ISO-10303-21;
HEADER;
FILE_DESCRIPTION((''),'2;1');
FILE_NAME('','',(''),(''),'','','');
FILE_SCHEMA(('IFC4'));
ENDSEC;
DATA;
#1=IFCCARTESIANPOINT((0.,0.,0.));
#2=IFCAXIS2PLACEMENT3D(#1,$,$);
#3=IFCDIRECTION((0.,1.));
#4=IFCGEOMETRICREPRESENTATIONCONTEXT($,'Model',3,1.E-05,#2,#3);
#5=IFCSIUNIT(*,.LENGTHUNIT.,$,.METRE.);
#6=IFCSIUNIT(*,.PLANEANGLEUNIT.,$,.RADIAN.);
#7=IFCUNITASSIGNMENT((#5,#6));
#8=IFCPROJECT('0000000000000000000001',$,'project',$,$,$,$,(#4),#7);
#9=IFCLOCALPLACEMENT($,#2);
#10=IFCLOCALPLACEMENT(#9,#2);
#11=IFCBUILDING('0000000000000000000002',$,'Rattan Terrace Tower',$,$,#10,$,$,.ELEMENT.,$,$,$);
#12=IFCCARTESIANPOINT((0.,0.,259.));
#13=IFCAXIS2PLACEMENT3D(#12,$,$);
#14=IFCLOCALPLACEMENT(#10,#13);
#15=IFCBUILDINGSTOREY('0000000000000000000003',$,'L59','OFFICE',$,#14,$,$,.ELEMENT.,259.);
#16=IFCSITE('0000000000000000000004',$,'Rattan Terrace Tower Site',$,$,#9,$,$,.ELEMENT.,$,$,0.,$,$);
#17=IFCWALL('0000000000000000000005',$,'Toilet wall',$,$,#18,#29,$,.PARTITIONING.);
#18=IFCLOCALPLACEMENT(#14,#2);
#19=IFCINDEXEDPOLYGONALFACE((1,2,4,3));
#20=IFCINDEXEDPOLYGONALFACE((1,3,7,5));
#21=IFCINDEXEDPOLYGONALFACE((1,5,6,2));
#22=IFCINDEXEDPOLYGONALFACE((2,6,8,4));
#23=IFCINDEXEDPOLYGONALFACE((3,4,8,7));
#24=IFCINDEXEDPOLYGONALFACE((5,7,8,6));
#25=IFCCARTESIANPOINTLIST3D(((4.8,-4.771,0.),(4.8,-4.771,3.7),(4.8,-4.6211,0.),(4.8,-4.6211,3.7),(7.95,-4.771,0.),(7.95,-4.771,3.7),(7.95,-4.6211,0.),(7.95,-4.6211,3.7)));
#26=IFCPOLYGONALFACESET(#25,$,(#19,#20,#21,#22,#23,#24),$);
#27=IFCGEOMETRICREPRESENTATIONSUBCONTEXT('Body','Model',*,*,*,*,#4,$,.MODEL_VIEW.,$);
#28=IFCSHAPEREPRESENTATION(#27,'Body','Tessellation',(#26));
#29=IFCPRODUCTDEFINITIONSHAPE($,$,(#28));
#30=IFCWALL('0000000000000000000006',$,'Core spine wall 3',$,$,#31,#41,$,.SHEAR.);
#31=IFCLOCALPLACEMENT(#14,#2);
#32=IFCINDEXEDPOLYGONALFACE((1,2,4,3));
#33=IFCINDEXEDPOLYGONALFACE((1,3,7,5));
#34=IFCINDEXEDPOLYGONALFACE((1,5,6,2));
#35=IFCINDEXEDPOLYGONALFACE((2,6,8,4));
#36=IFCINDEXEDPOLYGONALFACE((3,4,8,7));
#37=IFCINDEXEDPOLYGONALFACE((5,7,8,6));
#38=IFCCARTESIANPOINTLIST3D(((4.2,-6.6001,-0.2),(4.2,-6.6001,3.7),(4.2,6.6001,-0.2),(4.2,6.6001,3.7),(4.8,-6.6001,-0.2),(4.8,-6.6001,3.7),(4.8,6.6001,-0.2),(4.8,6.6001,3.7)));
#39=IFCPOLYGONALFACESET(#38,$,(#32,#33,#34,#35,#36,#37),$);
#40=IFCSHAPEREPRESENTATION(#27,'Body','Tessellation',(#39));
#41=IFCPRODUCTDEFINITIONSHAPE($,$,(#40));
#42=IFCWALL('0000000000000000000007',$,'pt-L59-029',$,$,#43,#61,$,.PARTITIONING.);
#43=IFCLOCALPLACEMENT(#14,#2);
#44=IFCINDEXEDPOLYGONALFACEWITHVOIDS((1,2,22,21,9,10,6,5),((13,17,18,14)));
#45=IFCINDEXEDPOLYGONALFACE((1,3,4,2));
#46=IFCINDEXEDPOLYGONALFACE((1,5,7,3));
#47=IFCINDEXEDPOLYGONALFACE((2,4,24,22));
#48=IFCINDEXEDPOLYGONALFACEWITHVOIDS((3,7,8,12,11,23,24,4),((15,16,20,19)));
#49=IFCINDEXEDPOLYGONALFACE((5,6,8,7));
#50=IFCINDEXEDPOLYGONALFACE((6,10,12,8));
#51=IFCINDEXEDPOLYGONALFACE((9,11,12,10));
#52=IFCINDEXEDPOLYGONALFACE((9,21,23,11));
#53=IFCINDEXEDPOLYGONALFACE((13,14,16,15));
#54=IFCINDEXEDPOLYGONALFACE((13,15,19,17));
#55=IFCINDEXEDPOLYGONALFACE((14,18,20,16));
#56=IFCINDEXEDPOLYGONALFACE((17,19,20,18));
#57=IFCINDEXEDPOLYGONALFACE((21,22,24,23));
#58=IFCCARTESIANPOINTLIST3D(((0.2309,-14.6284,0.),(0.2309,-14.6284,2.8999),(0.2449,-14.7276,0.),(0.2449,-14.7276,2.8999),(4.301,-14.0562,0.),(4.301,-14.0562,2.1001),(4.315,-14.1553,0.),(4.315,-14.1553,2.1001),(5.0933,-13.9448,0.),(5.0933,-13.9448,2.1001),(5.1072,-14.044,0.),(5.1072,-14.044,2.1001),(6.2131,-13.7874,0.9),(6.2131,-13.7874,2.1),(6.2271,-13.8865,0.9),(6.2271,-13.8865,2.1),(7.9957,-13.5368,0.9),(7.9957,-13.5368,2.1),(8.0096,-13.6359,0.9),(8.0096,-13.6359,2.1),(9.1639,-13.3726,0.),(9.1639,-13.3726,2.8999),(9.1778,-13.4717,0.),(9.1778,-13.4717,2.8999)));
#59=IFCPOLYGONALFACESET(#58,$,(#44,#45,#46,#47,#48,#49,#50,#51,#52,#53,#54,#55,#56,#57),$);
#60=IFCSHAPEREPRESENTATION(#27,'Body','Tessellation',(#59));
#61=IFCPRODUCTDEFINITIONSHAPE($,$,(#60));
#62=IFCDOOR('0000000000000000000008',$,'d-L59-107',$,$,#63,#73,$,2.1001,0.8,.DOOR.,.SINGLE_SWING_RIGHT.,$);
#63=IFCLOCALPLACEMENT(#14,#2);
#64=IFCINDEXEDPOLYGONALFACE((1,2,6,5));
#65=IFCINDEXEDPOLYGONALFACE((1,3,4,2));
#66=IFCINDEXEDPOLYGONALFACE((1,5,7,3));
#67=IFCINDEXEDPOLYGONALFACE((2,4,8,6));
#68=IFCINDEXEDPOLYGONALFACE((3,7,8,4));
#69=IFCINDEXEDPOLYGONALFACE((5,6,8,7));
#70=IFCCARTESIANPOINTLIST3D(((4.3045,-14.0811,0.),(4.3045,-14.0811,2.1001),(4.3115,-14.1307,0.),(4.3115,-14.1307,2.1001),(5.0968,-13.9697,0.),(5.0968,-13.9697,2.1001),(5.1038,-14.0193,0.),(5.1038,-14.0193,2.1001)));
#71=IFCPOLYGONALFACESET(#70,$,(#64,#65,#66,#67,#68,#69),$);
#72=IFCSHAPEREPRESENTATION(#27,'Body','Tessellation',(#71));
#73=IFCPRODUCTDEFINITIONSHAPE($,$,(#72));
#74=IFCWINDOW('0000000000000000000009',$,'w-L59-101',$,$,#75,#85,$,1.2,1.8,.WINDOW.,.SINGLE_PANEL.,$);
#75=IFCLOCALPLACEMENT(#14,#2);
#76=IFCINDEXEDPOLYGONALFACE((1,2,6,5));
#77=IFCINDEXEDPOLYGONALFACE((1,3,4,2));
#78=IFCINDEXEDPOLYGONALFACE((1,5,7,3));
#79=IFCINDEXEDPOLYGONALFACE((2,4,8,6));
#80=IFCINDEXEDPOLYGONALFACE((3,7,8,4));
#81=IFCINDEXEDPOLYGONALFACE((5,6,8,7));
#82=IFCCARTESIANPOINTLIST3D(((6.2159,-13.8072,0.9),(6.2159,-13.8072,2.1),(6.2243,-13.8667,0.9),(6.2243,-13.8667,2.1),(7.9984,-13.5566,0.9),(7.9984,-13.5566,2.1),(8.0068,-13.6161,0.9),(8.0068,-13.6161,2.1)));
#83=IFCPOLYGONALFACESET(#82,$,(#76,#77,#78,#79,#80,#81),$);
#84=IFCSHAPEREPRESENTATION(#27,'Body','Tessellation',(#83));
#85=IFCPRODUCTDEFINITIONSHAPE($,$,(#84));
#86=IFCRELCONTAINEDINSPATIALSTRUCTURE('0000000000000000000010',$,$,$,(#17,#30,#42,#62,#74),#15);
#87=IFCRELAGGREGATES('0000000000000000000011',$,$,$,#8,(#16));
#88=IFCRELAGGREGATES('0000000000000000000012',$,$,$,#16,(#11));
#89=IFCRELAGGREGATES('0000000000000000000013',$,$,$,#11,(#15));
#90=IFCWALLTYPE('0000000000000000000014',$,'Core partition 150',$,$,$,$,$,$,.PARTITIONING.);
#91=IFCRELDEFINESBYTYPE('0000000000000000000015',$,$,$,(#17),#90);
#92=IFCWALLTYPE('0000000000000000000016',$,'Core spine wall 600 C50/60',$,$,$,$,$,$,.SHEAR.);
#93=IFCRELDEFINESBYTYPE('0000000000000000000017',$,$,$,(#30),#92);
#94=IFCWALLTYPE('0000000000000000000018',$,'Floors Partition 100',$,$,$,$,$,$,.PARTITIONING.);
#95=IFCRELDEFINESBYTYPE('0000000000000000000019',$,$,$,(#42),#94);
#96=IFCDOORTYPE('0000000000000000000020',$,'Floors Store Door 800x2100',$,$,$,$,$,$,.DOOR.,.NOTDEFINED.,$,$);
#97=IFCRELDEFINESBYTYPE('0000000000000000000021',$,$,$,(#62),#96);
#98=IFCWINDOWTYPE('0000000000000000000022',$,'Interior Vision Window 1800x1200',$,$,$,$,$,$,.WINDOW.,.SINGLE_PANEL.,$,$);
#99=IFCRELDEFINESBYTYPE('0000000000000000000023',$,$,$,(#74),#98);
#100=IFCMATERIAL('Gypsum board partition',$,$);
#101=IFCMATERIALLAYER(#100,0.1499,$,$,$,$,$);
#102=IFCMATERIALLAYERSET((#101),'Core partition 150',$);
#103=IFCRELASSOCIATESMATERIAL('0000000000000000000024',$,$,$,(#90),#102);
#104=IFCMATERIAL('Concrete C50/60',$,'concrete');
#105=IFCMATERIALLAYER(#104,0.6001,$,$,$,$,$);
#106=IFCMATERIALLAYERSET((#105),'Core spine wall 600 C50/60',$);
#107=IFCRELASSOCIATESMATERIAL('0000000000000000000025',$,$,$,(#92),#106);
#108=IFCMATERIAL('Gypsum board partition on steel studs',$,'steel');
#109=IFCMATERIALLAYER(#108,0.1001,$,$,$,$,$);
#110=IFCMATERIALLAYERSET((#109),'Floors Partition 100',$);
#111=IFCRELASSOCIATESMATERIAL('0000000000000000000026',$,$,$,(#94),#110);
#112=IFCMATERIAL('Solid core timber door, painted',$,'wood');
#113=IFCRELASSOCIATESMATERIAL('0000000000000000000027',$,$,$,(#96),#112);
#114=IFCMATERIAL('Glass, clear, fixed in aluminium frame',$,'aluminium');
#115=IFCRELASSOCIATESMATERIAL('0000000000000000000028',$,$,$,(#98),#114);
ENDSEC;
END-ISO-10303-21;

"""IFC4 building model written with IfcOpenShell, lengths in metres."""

from ifc_helpers import new_model, si_unit, direction, frame, frame_2d, origin, place, context, subcontext, project, spatial, rectangle, extrude, material, layer, layer_set, type_object, element, fill, save


model = new_model("IFC4")

# Units and contexts
model_context = context("Model", 3, precision=1e-05, world=origin(), true_north=direction((0.0, 1.0)))
body_context = subcontext(model_context, "Body", "Model", "MODEL_VIEW")
ifc_project = project(units=[si_unit("LENGTHUNIT", "METRE"), si_unit("PLANEANGLEUNIT", "RADIAN")], contexts=[model_context])

# Site, building, storey
site_placement = place(None, origin())
site = spatial("IfcSite", under=ifc_project, at=site_placement, Name="Rattan Terrace Tower Site", CompositionType="ELEMENT", RefElevation=0.0)
building_placement = place(site_placement, origin())
building = spatial("IfcBuilding", under=site, at=building_placement, Name="Rattan Terrace Tower", CompositionType="ELEMENT")
storey_placement = place(building_placement, frame((0.0, 0.0, 259.0)))
storey = spatial("IfcBuildingStorey", under=building, at=storey_placement, Name="L59", Description="OFFICE", CompositionType="ELEMENT", Elevation=259.0)

# Walls
ifc_material_1 = material(Name="Gypsum board partition")
ifc_layer_1 = layer(ifc_material_1, 0.1499)
ifc_layer_set_1 = layer_set([ifc_layer_1], Name="Core partition 150")
wall_type_1 = type_object("IfcWallType", Name="Core partition 150", PredefinedType="PARTITIONING", material=ifc_layer_set_1)
wall_1_placement = place(storey_placement, frame((4.8, -4.696, 0.0), z_axis=(0.0, 0.0, 1.0), x_axis=(1.0, 0.0, 0.0)))
element("IfcWall", 1, at=wall_1_placement, inside=storey, type_object=wall_type_1, Name="Toilet wall", PredefinedType="PARTITIONING", context=body_context, shape_type="SweptSolid", body=[
    extrude(rectangle(XDim=3.1499, YDim=0.1499, at=frame_2d((1.575, 0.0))), origin(), (0.0, 0.0, 1.0), 3.7),
])
ifc_material_2 = material(Name="Concrete C50/60", Category="concrete")
ifc_layer_2 = layer(ifc_material_2, 0.6001)
ifc_layer_set_2 = layer_set([ifc_layer_2], Name="Core spine wall 600 C50/60")
wall_type_2 = type_object("IfcWallType", Name="Core spine wall 600 C50/60", PredefinedType="SHEAR", material=ifc_layer_set_2)
wall_2_placement = place(storey_placement, frame((4.5, -6.6001, -0.2), z_axis=(0.0, 0.0, 1.0), x_axis=(0.0, 1.0, 0.0)))
element("IfcWall", 2, at=wall_2_placement, inside=storey, type_object=wall_type_2, Name="Core spine wall 3", PredefinedType="SHEAR", context=body_context, shape_type="SweptSolid", body=[
    extrude(rectangle(XDim=13.2002, YDim=0.6001, at=frame_2d((6.6001, 0.0))), origin(), (0.0, 0.0, 1.0), 3.8999),
])

# Wall, openings, door, window
ifc_material_3 = material(Name="Gypsum board partition on steel studs", Category="steel")
ifc_layer_3 = layer(ifc_material_3, 0.1001)
ifc_layer_set_3 = layer_set([ifc_layer_3], Name="Floors Partition 100")
wall_type_3 = type_object("IfcWallType", Name="Floors Partition 100", PredefinedType="PARTITIONING", material=ifc_layer_set_3)
wall_3_placement = place(storey_placement, frame((0.238, -14.678, 0.0), z_axis=(0.0, 0.0, 1.0), x_axis=(0.990262, 0.13922, 0.0)))
wall_3 = element("IfcWall", 3, at=wall_3_placement, inside=storey, type_object=wall_type_3, Name="pt-L59-029", PredefinedType="PARTITIONING", context=body_context, shape_type="SweptSolid", body=[
    extrude(rectangle(XDim=9.0208, YDim=0.1001, at=frame_2d((4.5103, 0.0))), origin(), (0.0, 0.0, 1.0), 2.8999),
])
opening_1_placement = place(wall_3_placement, frame((4.1101, 0.0, 0.0)))
opening_1 = element("IfcOpeningElement", 4, at=opening_1_placement, cuts=wall_3, PredefinedType="OPENING", context=body_context, shape_type="SweptSolid", body=[
    extrude(rectangle(XDim=0.8, YDim=2.1001, at=frame_2d((0.3999, 1.05))), frame((0.0, 0.0605, 0.0), z_axis=(0.0, -1.0, 0.0), x_axis=(1.0, 0.0, 0.0)), (0.0, 0.0, 1.0), 0.1211),
])
opening_2_placement = place(wall_3_placement, frame((6.041, 0.0, 0.8999)))
opening_2 = element("IfcOpeningElement", 5, at=opening_2_placement, cuts=wall_3, PredefinedType="OPENING", context=body_context, shape_type="SweptSolid", body=[
    extrude(rectangle(XDim=1.8, YDim=1.2, at=frame_2d((0.8999, 0.6001))), frame((0.0, 0.0605, 0.0), z_axis=(0.0, -1.0, 0.0), x_axis=(1.0, 0.0, 0.0)), (0.0, 0.0, 1.0), 0.1211),
])
ifc_material_4 = material(Name="Solid core timber door, painted", Category="wood")
door_type_1 = type_object("IfcDoorType", Name="Floors Store Door 800x2100", OperationType="NOTDEFINED", PredefinedType="DOOR", material=ifc_material_4)
door_1_placement = place(opening_1_placement, origin())
door_1 = element("IfcDoor", 6, at=door_1_placement, inside=storey, type_object=door_type_1, Name="d-L59-107", OperationType="SINGLE_SWING_RIGHT", OverallHeight=2.1001, OverallWidth=0.8, PredefinedType="DOOR", context=body_context, shape_type="SweptSolid", body=[
    extrude(rectangle(XDim=0.8, YDim=2.1001, at=frame_2d((0.3999, 1.05))), frame((0.0, 0.0249, 0.0), z_axis=(0.0, -1.0, 0.0), x_axis=(1.0, 0.0, 0.0)), (0.0, 0.0, 1.0), 0.05),
])
fill(opening_1, door_1)
ifc_material_5 = material(Name="Glass, clear, fixed in aluminium frame", Category="aluminium")
window_type = type_object("IfcWindowType", Name="Interior Vision Window 1800x1200", PartitioningType="SINGLE_PANEL", PredefinedType="WINDOW", material=ifc_material_5)
window_placement = place(opening_2_placement, origin())
window = element("IfcWindow", 7, at=window_placement, inside=storey, type_object=window_type, Name="w-L59-101", OverallHeight=1.2, OverallWidth=1.8, PartitioningType="SINGLE_PANEL", PredefinedType="WINDOW", context=body_context, shape_type="SweptSolid", body=[
    extrude(rectangle(XDim=1.8, YDim=1.2, at=frame_2d((0.8999, 0.6001))), frame((0.0, 0.03, 0.0), z_axis=(0.0, -1.0, 0.0), x_axis=(1.0, 0.0, 0.0)), (0.0, 0.0, 1.0), 0.0601),
])
fill(opening_2, window)

save(model, "model.ifc")
